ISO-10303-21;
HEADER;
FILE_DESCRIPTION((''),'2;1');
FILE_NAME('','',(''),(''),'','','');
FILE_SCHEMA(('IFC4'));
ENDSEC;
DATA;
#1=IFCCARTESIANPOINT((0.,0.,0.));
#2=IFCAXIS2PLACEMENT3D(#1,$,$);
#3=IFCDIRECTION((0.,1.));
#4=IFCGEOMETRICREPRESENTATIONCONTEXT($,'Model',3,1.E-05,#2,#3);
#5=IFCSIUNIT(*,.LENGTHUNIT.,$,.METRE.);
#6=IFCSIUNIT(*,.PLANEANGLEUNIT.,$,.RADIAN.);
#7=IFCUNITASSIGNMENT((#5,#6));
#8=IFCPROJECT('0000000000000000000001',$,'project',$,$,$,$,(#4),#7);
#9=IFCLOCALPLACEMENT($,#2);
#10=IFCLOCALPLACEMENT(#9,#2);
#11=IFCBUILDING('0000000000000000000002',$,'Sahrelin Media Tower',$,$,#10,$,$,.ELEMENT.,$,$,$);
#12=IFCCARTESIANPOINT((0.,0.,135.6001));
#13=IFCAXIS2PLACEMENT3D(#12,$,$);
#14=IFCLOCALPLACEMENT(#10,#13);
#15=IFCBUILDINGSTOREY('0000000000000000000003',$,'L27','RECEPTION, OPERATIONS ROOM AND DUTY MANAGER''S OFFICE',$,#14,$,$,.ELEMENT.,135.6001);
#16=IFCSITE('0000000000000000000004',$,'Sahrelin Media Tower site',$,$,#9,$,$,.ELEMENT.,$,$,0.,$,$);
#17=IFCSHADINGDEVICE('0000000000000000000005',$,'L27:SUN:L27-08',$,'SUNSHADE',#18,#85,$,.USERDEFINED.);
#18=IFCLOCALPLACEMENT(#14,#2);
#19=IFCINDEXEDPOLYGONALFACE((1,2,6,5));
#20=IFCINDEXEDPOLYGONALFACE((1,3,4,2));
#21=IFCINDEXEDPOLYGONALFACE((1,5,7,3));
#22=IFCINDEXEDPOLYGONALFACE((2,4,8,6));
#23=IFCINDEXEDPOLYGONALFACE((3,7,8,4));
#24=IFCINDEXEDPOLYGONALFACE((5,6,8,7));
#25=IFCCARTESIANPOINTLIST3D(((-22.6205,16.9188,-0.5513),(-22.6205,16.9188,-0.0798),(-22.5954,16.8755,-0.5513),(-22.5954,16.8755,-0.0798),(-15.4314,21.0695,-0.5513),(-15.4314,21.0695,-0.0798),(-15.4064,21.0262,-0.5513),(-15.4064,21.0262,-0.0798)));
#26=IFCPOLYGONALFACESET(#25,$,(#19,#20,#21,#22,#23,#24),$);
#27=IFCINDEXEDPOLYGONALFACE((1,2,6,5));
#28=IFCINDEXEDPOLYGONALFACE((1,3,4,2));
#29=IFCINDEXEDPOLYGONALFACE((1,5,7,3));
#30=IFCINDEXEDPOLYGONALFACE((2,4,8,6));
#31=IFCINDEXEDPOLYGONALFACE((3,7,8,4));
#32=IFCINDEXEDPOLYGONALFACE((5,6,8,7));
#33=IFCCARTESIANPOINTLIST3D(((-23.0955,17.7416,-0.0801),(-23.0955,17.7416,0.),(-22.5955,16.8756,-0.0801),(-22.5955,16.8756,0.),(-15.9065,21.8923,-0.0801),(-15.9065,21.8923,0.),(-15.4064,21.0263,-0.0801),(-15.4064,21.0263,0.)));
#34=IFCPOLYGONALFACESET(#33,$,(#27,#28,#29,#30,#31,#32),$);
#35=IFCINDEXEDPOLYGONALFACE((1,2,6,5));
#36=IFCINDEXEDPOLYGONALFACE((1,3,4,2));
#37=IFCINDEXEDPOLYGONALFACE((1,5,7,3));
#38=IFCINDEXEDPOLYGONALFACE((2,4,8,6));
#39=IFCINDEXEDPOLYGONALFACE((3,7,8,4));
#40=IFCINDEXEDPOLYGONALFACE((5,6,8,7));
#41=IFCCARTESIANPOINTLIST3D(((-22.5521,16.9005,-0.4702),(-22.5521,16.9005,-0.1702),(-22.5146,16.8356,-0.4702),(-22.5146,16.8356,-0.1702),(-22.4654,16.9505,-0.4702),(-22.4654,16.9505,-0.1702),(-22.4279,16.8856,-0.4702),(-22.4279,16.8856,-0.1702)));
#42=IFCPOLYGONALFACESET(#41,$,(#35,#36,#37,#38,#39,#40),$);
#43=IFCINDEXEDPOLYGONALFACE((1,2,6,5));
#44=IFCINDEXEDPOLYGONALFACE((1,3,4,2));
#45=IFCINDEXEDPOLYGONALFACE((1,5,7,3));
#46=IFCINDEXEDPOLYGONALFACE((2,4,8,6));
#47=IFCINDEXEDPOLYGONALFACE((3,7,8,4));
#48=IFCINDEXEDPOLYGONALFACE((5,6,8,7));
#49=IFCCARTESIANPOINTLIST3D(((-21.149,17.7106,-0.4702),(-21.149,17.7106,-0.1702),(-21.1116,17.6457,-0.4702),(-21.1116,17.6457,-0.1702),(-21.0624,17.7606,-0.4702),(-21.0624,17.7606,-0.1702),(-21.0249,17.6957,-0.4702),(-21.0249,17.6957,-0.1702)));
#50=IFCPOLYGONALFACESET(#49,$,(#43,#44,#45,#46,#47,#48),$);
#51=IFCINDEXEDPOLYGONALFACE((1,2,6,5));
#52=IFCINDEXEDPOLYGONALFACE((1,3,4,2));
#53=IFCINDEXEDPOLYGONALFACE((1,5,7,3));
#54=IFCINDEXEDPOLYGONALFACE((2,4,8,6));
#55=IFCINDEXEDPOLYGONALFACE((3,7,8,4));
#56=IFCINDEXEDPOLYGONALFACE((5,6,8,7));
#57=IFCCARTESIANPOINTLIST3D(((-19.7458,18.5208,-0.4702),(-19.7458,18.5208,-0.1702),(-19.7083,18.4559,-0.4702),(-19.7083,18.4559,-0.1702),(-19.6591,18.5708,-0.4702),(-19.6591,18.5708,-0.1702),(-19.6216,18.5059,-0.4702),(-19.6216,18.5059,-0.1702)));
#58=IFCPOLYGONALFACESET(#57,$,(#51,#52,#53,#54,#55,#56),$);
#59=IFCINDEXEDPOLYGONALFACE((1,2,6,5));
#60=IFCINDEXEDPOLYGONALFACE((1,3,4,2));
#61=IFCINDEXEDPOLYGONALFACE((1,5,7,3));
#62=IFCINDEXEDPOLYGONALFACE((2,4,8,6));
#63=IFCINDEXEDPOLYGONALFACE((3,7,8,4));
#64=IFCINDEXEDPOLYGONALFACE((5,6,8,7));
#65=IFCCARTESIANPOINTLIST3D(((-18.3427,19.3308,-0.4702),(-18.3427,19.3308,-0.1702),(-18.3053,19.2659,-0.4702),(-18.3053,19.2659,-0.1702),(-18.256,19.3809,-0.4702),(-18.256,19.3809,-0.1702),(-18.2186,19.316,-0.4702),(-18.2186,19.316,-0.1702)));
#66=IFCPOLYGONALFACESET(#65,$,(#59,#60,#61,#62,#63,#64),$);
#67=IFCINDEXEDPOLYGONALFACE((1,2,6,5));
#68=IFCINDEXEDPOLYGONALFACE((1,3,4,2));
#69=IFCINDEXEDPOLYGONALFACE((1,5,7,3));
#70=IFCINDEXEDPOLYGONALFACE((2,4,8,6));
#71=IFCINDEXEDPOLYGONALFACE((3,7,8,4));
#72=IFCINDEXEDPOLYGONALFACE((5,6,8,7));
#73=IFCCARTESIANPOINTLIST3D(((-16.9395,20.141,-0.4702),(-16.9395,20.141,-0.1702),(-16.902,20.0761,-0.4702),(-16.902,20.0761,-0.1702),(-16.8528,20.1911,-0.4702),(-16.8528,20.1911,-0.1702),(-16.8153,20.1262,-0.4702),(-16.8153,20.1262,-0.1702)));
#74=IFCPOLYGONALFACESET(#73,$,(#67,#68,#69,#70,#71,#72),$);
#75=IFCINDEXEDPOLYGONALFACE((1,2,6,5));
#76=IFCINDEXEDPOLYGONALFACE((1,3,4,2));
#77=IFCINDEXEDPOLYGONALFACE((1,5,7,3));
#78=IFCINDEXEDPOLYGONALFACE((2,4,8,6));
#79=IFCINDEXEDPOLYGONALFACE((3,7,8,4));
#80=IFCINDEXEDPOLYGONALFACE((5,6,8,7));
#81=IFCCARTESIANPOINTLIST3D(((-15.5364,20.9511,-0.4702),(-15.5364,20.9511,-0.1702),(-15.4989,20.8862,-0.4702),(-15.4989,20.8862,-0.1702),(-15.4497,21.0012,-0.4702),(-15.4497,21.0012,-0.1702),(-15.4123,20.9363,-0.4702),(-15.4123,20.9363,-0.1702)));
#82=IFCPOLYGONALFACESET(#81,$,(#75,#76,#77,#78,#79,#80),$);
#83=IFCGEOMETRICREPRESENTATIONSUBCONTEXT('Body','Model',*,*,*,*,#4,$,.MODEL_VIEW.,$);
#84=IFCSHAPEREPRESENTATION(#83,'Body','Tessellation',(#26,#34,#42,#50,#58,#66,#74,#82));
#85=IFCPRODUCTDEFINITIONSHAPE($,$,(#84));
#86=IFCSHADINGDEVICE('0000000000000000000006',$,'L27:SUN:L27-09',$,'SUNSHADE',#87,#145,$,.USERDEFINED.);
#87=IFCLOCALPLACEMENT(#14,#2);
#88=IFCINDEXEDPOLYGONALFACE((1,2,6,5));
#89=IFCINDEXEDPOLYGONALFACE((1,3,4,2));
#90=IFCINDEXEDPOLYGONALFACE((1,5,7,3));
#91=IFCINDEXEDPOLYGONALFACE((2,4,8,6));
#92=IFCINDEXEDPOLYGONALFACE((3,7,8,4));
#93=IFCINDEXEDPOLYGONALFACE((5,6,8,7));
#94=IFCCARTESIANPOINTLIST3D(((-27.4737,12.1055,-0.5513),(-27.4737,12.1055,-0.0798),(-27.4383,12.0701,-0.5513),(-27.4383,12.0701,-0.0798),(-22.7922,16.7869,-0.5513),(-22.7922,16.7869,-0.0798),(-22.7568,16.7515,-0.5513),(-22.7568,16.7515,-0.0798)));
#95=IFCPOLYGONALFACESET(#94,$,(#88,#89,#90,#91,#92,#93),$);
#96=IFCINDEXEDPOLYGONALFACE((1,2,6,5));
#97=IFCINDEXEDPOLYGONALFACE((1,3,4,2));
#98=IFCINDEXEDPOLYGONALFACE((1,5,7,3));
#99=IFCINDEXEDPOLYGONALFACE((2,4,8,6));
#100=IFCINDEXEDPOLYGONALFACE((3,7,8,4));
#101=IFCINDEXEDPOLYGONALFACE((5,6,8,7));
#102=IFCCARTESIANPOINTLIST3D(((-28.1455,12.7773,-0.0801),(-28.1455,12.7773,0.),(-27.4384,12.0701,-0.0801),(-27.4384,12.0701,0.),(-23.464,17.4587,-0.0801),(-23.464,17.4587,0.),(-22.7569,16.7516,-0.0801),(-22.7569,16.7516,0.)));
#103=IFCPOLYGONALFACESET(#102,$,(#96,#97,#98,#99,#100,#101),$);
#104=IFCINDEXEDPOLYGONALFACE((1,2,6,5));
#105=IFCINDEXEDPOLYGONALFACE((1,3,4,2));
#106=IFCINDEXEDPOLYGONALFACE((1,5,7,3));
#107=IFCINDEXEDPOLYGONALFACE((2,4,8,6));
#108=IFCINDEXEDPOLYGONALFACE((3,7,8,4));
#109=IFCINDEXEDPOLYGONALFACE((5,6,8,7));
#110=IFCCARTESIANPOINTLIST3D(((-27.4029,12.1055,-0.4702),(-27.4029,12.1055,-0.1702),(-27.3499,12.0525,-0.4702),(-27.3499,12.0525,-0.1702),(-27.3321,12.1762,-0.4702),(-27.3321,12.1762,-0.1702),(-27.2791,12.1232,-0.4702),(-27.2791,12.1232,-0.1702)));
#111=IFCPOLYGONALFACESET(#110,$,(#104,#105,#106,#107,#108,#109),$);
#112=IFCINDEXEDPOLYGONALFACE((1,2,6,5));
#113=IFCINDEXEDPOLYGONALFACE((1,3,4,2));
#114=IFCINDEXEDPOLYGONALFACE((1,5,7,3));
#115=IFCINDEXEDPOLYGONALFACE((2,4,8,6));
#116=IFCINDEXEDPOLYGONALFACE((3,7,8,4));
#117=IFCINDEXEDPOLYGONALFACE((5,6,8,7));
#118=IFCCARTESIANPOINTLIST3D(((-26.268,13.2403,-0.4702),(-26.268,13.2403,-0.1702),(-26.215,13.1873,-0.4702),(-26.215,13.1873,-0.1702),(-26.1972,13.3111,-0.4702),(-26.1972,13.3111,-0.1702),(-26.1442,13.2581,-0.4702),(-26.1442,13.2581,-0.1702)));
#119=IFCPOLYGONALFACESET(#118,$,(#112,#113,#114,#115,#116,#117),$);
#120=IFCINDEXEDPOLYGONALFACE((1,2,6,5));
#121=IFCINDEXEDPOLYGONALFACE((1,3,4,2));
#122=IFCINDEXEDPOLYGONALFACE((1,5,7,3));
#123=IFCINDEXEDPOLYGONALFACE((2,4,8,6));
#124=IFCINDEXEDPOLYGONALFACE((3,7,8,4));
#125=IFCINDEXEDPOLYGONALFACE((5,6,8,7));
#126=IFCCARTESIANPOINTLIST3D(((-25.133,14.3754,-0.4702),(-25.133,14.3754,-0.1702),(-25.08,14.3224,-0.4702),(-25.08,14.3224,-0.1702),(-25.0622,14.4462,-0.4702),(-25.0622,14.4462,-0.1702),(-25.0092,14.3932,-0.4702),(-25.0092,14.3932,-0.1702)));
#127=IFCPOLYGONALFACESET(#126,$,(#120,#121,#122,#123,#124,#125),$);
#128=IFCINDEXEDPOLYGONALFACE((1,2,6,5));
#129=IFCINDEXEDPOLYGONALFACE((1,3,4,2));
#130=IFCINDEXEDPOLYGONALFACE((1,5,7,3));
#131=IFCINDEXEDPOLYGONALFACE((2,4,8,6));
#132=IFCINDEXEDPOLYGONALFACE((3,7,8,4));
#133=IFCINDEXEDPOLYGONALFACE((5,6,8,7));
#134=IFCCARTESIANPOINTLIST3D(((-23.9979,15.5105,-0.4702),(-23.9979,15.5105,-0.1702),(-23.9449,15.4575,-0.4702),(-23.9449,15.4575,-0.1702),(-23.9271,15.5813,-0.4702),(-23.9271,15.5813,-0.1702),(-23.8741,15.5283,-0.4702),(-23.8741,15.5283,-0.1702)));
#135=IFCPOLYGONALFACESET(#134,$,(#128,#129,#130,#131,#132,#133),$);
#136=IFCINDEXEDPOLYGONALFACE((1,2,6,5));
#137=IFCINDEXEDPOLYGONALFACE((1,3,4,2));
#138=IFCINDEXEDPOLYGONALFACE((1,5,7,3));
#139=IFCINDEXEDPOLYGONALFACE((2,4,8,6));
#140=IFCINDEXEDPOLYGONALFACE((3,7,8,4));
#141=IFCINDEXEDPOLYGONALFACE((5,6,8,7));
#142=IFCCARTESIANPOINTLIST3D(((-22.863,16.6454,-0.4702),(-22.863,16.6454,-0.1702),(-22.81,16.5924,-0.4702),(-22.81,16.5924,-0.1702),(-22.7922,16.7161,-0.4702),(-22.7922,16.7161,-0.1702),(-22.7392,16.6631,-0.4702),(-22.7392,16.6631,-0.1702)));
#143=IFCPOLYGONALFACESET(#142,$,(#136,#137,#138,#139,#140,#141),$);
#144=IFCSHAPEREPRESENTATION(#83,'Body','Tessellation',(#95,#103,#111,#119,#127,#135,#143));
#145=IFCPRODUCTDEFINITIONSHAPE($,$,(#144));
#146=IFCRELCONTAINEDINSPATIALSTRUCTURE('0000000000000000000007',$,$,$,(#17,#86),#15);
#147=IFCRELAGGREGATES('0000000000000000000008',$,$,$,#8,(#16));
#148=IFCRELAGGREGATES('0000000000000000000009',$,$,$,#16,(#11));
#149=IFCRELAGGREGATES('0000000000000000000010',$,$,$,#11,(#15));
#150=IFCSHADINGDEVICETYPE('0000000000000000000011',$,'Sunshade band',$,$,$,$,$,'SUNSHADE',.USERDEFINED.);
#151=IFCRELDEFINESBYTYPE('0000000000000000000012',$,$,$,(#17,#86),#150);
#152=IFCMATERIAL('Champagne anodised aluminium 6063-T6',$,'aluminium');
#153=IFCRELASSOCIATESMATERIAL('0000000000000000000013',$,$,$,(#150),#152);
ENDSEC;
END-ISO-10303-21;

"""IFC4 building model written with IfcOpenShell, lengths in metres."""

from ifc_helpers import new_model, si_unit, direction, frame, origin, origin_2d, place, context, subcontext, project, spatial, rectangle, extrude, material, type_object, element, save


model = new_model("IFC4")

# Units and contexts
model_context = context("Model", 3, precision=1e-05, world=origin(), true_north=direction((0.0, 1.0)))
body_context = subcontext(model_context, "Body", "Model", "MODEL_VIEW")
ifc_project = project(units=[si_unit("LENGTHUNIT", "METRE"), si_unit("PLANEANGLEUNIT", "RADIAN")], contexts=[model_context])

# Site, building, storey
site_placement = place(None, origin())
site = spatial("IfcSite", under=ifc_project, at=site_placement, Name="Sahrelin Media Tower site", CompositionType="ELEMENT", RefElevation=0.0)
building_placement = place(site_placement, origin())
building = spatial("IfcBuilding", under=site, at=building_placement, Name="Sahrelin Media Tower", CompositionType="ELEMENT")
storey_placement = place(building_placement, frame((0.0, 0.0, 135.6001)))
storey = spatial("IfcBuildingStorey", under=building, at=storey_placement, Name="L27", Description="RECEPTION, OPERATIONS ROOM AND DUTY MANAGER'S OFFICE", CompositionType="ELEMENT", Elevation=135.6001)

# Shared definitions
ifc_material_1 = material(Name="Champagne anodised aluminium 6063-T6", Category="aluminium")

# Shading devices
placement_1 = place(storey_placement, frame((-18.991, 18.9336, 0.0), z_axis=(0.0, 0.0, 1.0), x_axis=(0.866019, 0.500011, 0.0)))
placement_2 = place(storey_placement, frame((-25.0835, 14.3967, 0.0), z_axis=(0.0, 0.0, 1.0), x_axis=(0.707107, 0.707107, 0.0)))
shading_device_type_1 = type_object("IfcShadingDeviceType", Name="Sunshade band", ElementType="SUNSHADE", PredefinedType="USERDEFINED", material=ifc_material_1)
element("IfcShadingDevice", 1, at=placement_1, inside=storey, type_object=shading_device_type_1, Name="L27:SUN:L27-08", ObjectType="SUNSHADE", PredefinedType="USERDEFINED", context=body_context, shape_type="SweptSolid", body=[
    extrude(rectangle(XDim=8.3013, YDim=0.05, at=origin_2d()), frame((0.0, 0.0449, -0.5513)), (0.0, 0.0, 1.0), 0.4714),
    extrude(rectangle(XDim=8.3013, YDim=1.0, at=origin_2d()), frame((0.0, 0.52, -0.0801)), (0.0, 0.0, 1.0), 0.0801),
    extrude(rectangle(XDim=0.1001, YDim=0.075, at=origin_2d()), frame((-4.0505, -0.0176, -0.4702)), (0.0, 0.0, 1.0), 0.3),
    extrude(rectangle(XDim=0.1001, YDim=0.075, at=origin_2d()), frame((-2.4304, -0.0176, -0.4702)), (0.0, 0.0, 1.0), 0.3),
    extrude(rectangle(XDim=0.1001, YDim=0.075, at=origin_2d()), frame((-0.8101, -0.0176, -0.4702)), (0.0, 0.0, 1.0), 0.3),
    extrude(rectangle(XDim=0.1001, YDim=0.075, at=origin_2d()), frame((0.8101, -0.0176, -0.4702)), (0.0, 0.0, 1.0), 0.3),
    extrude(rectangle(XDim=0.1001, YDim=0.075, at=origin_2d()), frame((2.4304, -0.0176, -0.4702)), (0.0, 0.0, 1.0), 0.3),
    extrude(rectangle(XDim=0.1001, YDim=0.075, at=origin_2d()), frame((4.0505, -0.0176, -0.4702)), (0.0, 0.0, 1.0), 0.3),
])
element("IfcShadingDevice", 2, at=placement_2, inside=storey, type_object=shading_device_type_1, Name="L27:SUN:L27-09", ObjectType="SUNSHADE", PredefinedType="USERDEFINED", context=body_context, shape_type="SweptSolid", body=[
    extrude(rectangle(XDim=6.6206, YDim=0.05, at=origin_2d()), frame((0.0, 0.0449, -0.5513)), (0.0, 0.0, 1.0), 0.4714),
    extrude(rectangle(XDim=6.6206, YDim=1.0, at=origin_2d()), frame((0.0, 0.52, -0.0801)), (0.0, 0.0, 1.0), 0.0801),
    extrude(rectangle(XDim=0.1001, YDim=0.075, at=origin_2d()), frame((-3.2102, -0.0176, -0.4702)), (0.0, 0.0, 1.0), 0.3),
    extrude(rectangle(XDim=0.1001, YDim=0.075, at=origin_2d()), frame((-1.6052, -0.0176, -0.4702)), (0.0, 0.0, 1.0), 0.3),
    extrude(rectangle(XDim=0.1001, YDim=0.075, at=origin_2d()), frame((0.0, -0.0176, -0.4702)), (0.0, 0.0, 1.0), 0.3),
    extrude(rectangle(XDim=0.1001, YDim=0.075, at=origin_2d()), frame((1.6052, -0.0176, -0.4702)), (0.0, 0.0, 1.0), 0.3),
    extrude(rectangle(XDim=0.1001, YDim=0.075, at=origin_2d()), frame((3.2102, -0.0176, -0.4702)), (0.0, 0.0, 1.0), 0.3),
])

save(model, "model.ifc")
